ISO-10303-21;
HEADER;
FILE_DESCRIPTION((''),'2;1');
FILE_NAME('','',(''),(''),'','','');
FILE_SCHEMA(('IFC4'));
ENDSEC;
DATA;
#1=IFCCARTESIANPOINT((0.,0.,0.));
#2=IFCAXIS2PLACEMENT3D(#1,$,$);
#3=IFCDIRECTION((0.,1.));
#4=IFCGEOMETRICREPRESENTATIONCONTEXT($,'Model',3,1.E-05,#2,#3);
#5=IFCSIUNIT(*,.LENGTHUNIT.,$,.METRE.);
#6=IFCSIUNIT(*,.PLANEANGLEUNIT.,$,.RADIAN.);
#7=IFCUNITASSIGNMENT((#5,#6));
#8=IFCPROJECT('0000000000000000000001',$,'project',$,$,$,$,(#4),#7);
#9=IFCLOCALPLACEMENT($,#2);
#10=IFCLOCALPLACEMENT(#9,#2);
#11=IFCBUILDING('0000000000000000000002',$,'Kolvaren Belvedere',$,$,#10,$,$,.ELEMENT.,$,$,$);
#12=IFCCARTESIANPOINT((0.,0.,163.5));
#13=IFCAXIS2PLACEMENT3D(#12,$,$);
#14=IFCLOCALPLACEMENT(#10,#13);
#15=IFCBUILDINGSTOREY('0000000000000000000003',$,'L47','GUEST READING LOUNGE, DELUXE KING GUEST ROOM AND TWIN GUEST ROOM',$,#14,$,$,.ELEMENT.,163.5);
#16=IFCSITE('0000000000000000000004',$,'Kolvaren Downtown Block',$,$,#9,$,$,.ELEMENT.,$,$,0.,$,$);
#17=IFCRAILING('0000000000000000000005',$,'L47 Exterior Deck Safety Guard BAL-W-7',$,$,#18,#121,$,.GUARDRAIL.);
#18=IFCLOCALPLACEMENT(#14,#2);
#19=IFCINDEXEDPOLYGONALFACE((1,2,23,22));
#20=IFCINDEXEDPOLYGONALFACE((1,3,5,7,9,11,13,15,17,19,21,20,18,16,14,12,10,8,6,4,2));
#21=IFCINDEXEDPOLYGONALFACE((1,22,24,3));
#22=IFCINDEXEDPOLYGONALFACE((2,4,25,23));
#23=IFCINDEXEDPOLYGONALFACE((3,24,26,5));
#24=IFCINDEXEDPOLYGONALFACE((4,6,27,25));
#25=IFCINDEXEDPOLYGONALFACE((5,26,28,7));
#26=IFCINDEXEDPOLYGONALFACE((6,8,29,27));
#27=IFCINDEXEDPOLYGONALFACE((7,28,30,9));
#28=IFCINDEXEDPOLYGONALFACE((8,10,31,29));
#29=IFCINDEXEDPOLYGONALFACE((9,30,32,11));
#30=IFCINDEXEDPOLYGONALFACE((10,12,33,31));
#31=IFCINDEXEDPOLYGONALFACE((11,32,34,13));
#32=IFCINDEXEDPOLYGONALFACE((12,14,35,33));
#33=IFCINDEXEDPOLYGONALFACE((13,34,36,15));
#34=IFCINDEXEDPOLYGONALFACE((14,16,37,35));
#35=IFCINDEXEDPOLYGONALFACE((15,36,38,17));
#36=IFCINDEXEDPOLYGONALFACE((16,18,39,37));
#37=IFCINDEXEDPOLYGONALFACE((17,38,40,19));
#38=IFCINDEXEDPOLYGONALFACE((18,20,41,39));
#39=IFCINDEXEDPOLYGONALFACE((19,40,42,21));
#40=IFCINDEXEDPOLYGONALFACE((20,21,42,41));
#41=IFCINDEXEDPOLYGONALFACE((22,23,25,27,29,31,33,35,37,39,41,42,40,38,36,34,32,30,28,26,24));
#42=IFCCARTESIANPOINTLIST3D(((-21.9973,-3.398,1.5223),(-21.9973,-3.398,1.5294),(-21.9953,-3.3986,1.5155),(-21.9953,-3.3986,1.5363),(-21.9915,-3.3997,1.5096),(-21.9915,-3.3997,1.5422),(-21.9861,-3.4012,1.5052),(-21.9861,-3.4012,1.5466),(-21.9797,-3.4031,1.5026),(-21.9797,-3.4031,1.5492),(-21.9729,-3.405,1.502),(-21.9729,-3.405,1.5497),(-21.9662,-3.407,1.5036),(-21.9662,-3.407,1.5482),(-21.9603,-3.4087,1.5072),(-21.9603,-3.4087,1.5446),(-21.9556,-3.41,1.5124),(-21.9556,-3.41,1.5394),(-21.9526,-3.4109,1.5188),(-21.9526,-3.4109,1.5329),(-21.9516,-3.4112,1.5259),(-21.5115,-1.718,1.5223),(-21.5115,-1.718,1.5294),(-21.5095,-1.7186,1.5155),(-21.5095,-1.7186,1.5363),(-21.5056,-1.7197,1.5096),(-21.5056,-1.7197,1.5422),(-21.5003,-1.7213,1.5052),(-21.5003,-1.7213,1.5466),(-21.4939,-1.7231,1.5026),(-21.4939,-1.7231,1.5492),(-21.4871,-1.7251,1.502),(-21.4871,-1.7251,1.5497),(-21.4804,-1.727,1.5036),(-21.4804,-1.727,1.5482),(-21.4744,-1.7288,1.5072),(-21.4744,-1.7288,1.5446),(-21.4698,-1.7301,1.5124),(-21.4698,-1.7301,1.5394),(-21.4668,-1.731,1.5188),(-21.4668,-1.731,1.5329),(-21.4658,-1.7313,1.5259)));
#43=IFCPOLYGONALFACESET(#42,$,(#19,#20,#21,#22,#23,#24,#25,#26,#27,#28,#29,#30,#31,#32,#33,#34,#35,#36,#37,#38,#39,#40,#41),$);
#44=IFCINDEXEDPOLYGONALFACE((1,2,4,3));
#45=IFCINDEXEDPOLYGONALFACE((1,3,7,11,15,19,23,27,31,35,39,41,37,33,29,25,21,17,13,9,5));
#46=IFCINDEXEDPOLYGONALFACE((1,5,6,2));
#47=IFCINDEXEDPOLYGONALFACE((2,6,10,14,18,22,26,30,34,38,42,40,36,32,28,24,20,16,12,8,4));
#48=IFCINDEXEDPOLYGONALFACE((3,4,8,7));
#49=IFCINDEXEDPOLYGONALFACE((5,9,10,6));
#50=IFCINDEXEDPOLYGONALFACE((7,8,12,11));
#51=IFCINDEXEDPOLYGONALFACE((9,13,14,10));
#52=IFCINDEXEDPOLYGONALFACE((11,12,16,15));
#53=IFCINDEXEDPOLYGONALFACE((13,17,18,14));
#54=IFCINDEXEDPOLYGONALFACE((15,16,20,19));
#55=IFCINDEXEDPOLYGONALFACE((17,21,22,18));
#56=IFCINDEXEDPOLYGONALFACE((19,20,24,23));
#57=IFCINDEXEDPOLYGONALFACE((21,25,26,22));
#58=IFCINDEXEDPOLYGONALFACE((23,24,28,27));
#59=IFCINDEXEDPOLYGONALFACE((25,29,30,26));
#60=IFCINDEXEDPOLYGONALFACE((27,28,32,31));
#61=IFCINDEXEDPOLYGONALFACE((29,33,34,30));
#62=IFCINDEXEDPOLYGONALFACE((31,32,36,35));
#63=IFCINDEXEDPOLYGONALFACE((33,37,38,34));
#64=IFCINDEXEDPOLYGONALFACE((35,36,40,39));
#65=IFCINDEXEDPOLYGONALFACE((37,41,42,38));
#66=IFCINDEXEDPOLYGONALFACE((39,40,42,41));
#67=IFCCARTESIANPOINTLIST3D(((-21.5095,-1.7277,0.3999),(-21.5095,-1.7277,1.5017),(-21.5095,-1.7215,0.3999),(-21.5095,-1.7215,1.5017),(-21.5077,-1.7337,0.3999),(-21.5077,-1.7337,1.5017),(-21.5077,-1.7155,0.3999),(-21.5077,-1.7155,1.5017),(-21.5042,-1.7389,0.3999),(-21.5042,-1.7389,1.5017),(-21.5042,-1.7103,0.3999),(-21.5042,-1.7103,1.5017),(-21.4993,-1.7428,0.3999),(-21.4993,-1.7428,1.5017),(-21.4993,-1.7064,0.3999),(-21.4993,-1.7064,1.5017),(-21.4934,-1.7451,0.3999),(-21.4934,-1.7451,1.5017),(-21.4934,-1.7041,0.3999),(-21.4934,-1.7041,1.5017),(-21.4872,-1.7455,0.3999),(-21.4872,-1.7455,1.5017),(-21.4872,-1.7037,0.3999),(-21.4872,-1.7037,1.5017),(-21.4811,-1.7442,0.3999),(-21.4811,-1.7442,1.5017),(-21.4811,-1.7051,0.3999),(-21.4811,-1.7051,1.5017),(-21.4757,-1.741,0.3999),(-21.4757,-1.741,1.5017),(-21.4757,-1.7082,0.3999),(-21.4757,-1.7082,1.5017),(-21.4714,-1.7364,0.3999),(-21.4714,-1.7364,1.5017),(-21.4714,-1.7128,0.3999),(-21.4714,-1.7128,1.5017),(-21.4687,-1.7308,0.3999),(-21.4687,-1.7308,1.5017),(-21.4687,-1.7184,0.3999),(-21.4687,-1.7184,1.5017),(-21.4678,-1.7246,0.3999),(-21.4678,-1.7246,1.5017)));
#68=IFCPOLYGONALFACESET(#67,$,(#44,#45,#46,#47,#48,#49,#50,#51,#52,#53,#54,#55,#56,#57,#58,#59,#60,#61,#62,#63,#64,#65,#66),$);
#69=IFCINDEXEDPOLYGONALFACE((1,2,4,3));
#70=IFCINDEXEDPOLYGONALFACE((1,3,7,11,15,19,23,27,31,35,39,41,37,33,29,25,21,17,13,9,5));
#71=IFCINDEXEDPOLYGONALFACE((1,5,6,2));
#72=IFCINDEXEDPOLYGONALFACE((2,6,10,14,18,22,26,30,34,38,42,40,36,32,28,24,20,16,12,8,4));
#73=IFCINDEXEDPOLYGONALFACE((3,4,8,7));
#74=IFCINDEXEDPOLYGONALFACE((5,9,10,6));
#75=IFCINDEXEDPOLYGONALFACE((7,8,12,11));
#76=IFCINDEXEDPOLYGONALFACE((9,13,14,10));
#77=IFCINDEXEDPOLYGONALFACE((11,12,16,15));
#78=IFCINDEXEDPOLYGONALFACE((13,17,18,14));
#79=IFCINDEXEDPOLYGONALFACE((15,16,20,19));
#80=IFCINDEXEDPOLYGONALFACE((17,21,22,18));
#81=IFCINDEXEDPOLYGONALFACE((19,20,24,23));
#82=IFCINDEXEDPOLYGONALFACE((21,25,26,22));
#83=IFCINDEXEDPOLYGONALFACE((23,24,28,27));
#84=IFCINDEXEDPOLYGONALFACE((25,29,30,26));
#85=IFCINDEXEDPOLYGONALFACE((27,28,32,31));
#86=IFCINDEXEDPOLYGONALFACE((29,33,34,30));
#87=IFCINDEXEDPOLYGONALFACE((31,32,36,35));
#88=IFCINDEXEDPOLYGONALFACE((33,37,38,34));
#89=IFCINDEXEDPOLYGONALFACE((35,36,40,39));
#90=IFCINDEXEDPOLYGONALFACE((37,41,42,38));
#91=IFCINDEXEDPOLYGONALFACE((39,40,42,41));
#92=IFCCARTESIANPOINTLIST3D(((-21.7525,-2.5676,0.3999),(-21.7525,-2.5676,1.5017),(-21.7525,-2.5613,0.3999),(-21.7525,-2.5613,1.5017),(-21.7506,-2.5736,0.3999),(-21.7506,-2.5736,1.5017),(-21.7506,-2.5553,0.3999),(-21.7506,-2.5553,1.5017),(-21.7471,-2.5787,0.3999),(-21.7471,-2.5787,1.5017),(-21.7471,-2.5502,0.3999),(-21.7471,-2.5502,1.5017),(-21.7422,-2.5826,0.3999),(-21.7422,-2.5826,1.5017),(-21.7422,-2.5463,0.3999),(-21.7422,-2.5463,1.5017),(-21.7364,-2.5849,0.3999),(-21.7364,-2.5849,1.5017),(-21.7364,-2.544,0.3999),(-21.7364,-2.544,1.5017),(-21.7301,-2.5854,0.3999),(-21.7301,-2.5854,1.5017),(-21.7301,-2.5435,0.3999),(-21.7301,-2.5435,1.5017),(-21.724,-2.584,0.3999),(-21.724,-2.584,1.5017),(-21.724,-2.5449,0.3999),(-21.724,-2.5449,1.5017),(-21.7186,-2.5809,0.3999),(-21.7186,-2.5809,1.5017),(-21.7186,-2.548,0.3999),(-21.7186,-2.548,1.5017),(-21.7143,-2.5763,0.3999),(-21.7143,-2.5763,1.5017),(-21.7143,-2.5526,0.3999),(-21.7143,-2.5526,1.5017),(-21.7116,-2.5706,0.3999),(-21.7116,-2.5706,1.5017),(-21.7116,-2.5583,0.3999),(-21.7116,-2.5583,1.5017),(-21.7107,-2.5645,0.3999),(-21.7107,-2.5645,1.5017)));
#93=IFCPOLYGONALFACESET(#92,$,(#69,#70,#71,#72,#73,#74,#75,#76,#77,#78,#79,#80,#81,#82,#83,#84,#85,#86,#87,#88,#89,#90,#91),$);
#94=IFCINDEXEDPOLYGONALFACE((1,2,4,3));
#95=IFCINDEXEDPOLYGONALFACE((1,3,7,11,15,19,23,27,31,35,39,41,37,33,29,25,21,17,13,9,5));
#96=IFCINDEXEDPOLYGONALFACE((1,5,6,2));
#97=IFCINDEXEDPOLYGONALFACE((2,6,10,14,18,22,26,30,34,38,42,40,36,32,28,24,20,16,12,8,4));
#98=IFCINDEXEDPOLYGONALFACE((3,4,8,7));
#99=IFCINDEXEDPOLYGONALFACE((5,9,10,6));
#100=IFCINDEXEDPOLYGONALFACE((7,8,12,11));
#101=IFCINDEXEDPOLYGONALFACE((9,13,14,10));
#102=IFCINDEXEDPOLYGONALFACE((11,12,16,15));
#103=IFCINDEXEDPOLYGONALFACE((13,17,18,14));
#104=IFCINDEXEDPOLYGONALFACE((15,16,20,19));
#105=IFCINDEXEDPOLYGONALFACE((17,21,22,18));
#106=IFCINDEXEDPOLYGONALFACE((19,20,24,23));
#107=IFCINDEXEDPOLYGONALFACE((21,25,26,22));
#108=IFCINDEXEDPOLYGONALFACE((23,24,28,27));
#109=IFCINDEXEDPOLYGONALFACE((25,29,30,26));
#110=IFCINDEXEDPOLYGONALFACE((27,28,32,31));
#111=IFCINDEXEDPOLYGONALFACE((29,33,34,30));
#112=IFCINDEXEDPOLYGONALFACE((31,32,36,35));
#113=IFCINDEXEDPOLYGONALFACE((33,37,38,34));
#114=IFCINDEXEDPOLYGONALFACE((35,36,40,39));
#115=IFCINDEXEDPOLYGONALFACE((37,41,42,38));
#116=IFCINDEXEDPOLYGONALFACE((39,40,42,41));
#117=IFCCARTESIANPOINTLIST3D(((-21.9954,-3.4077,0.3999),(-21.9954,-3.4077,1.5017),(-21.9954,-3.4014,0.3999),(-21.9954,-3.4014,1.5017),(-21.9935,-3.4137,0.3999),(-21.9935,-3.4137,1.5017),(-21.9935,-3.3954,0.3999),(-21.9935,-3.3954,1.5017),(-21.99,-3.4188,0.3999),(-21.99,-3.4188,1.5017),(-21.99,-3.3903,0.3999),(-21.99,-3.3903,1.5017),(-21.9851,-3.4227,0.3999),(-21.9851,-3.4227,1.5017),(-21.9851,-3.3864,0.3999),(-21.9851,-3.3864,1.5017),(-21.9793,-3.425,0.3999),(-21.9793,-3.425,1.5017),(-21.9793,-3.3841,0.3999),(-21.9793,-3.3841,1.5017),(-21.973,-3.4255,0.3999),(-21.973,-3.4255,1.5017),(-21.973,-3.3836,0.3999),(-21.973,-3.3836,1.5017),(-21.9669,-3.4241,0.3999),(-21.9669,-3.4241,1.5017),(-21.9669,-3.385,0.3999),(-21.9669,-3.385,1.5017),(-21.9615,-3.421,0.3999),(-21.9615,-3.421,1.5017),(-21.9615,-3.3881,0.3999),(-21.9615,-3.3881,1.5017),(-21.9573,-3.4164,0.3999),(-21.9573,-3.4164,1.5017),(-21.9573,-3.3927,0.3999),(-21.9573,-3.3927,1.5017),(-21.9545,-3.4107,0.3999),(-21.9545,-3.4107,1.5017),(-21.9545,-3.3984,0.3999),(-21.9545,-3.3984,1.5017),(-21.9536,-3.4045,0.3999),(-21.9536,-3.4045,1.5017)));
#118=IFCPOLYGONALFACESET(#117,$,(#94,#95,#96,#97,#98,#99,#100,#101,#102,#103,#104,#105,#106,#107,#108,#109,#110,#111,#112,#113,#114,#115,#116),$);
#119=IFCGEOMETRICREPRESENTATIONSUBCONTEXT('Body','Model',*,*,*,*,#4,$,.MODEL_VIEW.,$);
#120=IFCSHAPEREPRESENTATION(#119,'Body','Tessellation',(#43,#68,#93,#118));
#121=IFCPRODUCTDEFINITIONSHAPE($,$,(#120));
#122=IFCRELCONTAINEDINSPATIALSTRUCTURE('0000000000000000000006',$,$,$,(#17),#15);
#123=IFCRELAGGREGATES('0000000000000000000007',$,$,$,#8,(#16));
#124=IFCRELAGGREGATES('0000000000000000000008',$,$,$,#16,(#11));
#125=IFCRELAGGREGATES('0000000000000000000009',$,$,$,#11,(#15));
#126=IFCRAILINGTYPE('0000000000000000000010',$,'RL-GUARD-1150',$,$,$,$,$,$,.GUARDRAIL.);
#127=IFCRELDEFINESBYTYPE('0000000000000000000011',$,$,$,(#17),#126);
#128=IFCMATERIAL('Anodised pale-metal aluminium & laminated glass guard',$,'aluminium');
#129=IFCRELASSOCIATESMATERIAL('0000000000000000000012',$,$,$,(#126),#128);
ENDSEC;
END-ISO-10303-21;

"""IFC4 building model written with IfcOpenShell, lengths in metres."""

from ifc_helpers import new_model, si_unit, direction, frame, origin, origin_2d, place, context, subcontext, project, spatial, circle, extrude, material, type_object, element, save


model = new_model("IFC4")

# Units and contexts
model_context = context("Model", 3, precision=1e-05, world=origin(), true_north=direction((0.0, 1.0)))
body_context = subcontext(model_context, "Body", "Model", "MODEL_VIEW")
ifc_project = project(units=[si_unit("LENGTHUNIT", "METRE"), si_unit("PLANEANGLEUNIT", "RADIAN")], contexts=[model_context])

# Site, building, storey
site_placement = place(None, origin())
site = spatial("IfcSite", under=ifc_project, at=site_placement, Name="Kolvaren Downtown Block", CompositionType="ELEMENT", RefElevation=0.0)
building_placement = place(site_placement, origin())
building = spatial("IfcBuilding", under=site, at=building_placement, Name="Kolvaren Belvedere", CompositionType="ELEMENT")
storey_placement = place(building_placement, frame((0.0, 0.0, 163.5)))
storey = spatial("IfcBuildingStorey", under=building, at=storey_placement, Name="L47", Description="GUEST READING LOUNGE, DELUXE KING GUEST ROOM AND TWIN GUEST ROOM", CompositionType="ELEMENT", Elevation=163.5)

# Railing
ifc_material_1 = material(Name="Anodised pale-metal aluminium & laminated glass guard", Category="aluminium")
railing_type = type_object("IfcRailingType", Name="RL-GUARD-1150", PredefinedType="GUARDRAIL", material=ifc_material_1)
railing_1_placement = place(storey_placement, frame((-21.4888, -1.7246, 0.3999)))
element("IfcRailing", 1, at=railing_1_placement, inside=storey, type_object=railing_type, Name="L47 Exterior Deck Safety Guard BAL-W-7", PredefinedType="GUARDRAIL", context=body_context, shape_type="SweptSolid", body=[
    extrude(circle(Radius=0.0239, at=origin_2d()), frame((0.0, 0.0, 1.126), z_axis=(-0.277817, -0.960634, 0.0), x_axis=(0.960634, -0.277817, 0.0)), (0.0, 0.0, 1.0), 1.7488),
    extrude(circle(Radius=0.021, at=origin_2d()), origin(), (0.0, 0.0, 1.0), 1.1018),
    extrude(circle(Radius=0.021, at=origin_2d()), frame((-0.2429, -0.8398, 0.0)), (0.0, 0.0, 1.0), 1.1018),
    extrude(circle(Radius=0.021, at=origin_2d()), frame((-0.4858, -1.6799, 0.0)), (0.0, 0.0, 1.0), 1.1018),
])

save(model, "model.ifc")
